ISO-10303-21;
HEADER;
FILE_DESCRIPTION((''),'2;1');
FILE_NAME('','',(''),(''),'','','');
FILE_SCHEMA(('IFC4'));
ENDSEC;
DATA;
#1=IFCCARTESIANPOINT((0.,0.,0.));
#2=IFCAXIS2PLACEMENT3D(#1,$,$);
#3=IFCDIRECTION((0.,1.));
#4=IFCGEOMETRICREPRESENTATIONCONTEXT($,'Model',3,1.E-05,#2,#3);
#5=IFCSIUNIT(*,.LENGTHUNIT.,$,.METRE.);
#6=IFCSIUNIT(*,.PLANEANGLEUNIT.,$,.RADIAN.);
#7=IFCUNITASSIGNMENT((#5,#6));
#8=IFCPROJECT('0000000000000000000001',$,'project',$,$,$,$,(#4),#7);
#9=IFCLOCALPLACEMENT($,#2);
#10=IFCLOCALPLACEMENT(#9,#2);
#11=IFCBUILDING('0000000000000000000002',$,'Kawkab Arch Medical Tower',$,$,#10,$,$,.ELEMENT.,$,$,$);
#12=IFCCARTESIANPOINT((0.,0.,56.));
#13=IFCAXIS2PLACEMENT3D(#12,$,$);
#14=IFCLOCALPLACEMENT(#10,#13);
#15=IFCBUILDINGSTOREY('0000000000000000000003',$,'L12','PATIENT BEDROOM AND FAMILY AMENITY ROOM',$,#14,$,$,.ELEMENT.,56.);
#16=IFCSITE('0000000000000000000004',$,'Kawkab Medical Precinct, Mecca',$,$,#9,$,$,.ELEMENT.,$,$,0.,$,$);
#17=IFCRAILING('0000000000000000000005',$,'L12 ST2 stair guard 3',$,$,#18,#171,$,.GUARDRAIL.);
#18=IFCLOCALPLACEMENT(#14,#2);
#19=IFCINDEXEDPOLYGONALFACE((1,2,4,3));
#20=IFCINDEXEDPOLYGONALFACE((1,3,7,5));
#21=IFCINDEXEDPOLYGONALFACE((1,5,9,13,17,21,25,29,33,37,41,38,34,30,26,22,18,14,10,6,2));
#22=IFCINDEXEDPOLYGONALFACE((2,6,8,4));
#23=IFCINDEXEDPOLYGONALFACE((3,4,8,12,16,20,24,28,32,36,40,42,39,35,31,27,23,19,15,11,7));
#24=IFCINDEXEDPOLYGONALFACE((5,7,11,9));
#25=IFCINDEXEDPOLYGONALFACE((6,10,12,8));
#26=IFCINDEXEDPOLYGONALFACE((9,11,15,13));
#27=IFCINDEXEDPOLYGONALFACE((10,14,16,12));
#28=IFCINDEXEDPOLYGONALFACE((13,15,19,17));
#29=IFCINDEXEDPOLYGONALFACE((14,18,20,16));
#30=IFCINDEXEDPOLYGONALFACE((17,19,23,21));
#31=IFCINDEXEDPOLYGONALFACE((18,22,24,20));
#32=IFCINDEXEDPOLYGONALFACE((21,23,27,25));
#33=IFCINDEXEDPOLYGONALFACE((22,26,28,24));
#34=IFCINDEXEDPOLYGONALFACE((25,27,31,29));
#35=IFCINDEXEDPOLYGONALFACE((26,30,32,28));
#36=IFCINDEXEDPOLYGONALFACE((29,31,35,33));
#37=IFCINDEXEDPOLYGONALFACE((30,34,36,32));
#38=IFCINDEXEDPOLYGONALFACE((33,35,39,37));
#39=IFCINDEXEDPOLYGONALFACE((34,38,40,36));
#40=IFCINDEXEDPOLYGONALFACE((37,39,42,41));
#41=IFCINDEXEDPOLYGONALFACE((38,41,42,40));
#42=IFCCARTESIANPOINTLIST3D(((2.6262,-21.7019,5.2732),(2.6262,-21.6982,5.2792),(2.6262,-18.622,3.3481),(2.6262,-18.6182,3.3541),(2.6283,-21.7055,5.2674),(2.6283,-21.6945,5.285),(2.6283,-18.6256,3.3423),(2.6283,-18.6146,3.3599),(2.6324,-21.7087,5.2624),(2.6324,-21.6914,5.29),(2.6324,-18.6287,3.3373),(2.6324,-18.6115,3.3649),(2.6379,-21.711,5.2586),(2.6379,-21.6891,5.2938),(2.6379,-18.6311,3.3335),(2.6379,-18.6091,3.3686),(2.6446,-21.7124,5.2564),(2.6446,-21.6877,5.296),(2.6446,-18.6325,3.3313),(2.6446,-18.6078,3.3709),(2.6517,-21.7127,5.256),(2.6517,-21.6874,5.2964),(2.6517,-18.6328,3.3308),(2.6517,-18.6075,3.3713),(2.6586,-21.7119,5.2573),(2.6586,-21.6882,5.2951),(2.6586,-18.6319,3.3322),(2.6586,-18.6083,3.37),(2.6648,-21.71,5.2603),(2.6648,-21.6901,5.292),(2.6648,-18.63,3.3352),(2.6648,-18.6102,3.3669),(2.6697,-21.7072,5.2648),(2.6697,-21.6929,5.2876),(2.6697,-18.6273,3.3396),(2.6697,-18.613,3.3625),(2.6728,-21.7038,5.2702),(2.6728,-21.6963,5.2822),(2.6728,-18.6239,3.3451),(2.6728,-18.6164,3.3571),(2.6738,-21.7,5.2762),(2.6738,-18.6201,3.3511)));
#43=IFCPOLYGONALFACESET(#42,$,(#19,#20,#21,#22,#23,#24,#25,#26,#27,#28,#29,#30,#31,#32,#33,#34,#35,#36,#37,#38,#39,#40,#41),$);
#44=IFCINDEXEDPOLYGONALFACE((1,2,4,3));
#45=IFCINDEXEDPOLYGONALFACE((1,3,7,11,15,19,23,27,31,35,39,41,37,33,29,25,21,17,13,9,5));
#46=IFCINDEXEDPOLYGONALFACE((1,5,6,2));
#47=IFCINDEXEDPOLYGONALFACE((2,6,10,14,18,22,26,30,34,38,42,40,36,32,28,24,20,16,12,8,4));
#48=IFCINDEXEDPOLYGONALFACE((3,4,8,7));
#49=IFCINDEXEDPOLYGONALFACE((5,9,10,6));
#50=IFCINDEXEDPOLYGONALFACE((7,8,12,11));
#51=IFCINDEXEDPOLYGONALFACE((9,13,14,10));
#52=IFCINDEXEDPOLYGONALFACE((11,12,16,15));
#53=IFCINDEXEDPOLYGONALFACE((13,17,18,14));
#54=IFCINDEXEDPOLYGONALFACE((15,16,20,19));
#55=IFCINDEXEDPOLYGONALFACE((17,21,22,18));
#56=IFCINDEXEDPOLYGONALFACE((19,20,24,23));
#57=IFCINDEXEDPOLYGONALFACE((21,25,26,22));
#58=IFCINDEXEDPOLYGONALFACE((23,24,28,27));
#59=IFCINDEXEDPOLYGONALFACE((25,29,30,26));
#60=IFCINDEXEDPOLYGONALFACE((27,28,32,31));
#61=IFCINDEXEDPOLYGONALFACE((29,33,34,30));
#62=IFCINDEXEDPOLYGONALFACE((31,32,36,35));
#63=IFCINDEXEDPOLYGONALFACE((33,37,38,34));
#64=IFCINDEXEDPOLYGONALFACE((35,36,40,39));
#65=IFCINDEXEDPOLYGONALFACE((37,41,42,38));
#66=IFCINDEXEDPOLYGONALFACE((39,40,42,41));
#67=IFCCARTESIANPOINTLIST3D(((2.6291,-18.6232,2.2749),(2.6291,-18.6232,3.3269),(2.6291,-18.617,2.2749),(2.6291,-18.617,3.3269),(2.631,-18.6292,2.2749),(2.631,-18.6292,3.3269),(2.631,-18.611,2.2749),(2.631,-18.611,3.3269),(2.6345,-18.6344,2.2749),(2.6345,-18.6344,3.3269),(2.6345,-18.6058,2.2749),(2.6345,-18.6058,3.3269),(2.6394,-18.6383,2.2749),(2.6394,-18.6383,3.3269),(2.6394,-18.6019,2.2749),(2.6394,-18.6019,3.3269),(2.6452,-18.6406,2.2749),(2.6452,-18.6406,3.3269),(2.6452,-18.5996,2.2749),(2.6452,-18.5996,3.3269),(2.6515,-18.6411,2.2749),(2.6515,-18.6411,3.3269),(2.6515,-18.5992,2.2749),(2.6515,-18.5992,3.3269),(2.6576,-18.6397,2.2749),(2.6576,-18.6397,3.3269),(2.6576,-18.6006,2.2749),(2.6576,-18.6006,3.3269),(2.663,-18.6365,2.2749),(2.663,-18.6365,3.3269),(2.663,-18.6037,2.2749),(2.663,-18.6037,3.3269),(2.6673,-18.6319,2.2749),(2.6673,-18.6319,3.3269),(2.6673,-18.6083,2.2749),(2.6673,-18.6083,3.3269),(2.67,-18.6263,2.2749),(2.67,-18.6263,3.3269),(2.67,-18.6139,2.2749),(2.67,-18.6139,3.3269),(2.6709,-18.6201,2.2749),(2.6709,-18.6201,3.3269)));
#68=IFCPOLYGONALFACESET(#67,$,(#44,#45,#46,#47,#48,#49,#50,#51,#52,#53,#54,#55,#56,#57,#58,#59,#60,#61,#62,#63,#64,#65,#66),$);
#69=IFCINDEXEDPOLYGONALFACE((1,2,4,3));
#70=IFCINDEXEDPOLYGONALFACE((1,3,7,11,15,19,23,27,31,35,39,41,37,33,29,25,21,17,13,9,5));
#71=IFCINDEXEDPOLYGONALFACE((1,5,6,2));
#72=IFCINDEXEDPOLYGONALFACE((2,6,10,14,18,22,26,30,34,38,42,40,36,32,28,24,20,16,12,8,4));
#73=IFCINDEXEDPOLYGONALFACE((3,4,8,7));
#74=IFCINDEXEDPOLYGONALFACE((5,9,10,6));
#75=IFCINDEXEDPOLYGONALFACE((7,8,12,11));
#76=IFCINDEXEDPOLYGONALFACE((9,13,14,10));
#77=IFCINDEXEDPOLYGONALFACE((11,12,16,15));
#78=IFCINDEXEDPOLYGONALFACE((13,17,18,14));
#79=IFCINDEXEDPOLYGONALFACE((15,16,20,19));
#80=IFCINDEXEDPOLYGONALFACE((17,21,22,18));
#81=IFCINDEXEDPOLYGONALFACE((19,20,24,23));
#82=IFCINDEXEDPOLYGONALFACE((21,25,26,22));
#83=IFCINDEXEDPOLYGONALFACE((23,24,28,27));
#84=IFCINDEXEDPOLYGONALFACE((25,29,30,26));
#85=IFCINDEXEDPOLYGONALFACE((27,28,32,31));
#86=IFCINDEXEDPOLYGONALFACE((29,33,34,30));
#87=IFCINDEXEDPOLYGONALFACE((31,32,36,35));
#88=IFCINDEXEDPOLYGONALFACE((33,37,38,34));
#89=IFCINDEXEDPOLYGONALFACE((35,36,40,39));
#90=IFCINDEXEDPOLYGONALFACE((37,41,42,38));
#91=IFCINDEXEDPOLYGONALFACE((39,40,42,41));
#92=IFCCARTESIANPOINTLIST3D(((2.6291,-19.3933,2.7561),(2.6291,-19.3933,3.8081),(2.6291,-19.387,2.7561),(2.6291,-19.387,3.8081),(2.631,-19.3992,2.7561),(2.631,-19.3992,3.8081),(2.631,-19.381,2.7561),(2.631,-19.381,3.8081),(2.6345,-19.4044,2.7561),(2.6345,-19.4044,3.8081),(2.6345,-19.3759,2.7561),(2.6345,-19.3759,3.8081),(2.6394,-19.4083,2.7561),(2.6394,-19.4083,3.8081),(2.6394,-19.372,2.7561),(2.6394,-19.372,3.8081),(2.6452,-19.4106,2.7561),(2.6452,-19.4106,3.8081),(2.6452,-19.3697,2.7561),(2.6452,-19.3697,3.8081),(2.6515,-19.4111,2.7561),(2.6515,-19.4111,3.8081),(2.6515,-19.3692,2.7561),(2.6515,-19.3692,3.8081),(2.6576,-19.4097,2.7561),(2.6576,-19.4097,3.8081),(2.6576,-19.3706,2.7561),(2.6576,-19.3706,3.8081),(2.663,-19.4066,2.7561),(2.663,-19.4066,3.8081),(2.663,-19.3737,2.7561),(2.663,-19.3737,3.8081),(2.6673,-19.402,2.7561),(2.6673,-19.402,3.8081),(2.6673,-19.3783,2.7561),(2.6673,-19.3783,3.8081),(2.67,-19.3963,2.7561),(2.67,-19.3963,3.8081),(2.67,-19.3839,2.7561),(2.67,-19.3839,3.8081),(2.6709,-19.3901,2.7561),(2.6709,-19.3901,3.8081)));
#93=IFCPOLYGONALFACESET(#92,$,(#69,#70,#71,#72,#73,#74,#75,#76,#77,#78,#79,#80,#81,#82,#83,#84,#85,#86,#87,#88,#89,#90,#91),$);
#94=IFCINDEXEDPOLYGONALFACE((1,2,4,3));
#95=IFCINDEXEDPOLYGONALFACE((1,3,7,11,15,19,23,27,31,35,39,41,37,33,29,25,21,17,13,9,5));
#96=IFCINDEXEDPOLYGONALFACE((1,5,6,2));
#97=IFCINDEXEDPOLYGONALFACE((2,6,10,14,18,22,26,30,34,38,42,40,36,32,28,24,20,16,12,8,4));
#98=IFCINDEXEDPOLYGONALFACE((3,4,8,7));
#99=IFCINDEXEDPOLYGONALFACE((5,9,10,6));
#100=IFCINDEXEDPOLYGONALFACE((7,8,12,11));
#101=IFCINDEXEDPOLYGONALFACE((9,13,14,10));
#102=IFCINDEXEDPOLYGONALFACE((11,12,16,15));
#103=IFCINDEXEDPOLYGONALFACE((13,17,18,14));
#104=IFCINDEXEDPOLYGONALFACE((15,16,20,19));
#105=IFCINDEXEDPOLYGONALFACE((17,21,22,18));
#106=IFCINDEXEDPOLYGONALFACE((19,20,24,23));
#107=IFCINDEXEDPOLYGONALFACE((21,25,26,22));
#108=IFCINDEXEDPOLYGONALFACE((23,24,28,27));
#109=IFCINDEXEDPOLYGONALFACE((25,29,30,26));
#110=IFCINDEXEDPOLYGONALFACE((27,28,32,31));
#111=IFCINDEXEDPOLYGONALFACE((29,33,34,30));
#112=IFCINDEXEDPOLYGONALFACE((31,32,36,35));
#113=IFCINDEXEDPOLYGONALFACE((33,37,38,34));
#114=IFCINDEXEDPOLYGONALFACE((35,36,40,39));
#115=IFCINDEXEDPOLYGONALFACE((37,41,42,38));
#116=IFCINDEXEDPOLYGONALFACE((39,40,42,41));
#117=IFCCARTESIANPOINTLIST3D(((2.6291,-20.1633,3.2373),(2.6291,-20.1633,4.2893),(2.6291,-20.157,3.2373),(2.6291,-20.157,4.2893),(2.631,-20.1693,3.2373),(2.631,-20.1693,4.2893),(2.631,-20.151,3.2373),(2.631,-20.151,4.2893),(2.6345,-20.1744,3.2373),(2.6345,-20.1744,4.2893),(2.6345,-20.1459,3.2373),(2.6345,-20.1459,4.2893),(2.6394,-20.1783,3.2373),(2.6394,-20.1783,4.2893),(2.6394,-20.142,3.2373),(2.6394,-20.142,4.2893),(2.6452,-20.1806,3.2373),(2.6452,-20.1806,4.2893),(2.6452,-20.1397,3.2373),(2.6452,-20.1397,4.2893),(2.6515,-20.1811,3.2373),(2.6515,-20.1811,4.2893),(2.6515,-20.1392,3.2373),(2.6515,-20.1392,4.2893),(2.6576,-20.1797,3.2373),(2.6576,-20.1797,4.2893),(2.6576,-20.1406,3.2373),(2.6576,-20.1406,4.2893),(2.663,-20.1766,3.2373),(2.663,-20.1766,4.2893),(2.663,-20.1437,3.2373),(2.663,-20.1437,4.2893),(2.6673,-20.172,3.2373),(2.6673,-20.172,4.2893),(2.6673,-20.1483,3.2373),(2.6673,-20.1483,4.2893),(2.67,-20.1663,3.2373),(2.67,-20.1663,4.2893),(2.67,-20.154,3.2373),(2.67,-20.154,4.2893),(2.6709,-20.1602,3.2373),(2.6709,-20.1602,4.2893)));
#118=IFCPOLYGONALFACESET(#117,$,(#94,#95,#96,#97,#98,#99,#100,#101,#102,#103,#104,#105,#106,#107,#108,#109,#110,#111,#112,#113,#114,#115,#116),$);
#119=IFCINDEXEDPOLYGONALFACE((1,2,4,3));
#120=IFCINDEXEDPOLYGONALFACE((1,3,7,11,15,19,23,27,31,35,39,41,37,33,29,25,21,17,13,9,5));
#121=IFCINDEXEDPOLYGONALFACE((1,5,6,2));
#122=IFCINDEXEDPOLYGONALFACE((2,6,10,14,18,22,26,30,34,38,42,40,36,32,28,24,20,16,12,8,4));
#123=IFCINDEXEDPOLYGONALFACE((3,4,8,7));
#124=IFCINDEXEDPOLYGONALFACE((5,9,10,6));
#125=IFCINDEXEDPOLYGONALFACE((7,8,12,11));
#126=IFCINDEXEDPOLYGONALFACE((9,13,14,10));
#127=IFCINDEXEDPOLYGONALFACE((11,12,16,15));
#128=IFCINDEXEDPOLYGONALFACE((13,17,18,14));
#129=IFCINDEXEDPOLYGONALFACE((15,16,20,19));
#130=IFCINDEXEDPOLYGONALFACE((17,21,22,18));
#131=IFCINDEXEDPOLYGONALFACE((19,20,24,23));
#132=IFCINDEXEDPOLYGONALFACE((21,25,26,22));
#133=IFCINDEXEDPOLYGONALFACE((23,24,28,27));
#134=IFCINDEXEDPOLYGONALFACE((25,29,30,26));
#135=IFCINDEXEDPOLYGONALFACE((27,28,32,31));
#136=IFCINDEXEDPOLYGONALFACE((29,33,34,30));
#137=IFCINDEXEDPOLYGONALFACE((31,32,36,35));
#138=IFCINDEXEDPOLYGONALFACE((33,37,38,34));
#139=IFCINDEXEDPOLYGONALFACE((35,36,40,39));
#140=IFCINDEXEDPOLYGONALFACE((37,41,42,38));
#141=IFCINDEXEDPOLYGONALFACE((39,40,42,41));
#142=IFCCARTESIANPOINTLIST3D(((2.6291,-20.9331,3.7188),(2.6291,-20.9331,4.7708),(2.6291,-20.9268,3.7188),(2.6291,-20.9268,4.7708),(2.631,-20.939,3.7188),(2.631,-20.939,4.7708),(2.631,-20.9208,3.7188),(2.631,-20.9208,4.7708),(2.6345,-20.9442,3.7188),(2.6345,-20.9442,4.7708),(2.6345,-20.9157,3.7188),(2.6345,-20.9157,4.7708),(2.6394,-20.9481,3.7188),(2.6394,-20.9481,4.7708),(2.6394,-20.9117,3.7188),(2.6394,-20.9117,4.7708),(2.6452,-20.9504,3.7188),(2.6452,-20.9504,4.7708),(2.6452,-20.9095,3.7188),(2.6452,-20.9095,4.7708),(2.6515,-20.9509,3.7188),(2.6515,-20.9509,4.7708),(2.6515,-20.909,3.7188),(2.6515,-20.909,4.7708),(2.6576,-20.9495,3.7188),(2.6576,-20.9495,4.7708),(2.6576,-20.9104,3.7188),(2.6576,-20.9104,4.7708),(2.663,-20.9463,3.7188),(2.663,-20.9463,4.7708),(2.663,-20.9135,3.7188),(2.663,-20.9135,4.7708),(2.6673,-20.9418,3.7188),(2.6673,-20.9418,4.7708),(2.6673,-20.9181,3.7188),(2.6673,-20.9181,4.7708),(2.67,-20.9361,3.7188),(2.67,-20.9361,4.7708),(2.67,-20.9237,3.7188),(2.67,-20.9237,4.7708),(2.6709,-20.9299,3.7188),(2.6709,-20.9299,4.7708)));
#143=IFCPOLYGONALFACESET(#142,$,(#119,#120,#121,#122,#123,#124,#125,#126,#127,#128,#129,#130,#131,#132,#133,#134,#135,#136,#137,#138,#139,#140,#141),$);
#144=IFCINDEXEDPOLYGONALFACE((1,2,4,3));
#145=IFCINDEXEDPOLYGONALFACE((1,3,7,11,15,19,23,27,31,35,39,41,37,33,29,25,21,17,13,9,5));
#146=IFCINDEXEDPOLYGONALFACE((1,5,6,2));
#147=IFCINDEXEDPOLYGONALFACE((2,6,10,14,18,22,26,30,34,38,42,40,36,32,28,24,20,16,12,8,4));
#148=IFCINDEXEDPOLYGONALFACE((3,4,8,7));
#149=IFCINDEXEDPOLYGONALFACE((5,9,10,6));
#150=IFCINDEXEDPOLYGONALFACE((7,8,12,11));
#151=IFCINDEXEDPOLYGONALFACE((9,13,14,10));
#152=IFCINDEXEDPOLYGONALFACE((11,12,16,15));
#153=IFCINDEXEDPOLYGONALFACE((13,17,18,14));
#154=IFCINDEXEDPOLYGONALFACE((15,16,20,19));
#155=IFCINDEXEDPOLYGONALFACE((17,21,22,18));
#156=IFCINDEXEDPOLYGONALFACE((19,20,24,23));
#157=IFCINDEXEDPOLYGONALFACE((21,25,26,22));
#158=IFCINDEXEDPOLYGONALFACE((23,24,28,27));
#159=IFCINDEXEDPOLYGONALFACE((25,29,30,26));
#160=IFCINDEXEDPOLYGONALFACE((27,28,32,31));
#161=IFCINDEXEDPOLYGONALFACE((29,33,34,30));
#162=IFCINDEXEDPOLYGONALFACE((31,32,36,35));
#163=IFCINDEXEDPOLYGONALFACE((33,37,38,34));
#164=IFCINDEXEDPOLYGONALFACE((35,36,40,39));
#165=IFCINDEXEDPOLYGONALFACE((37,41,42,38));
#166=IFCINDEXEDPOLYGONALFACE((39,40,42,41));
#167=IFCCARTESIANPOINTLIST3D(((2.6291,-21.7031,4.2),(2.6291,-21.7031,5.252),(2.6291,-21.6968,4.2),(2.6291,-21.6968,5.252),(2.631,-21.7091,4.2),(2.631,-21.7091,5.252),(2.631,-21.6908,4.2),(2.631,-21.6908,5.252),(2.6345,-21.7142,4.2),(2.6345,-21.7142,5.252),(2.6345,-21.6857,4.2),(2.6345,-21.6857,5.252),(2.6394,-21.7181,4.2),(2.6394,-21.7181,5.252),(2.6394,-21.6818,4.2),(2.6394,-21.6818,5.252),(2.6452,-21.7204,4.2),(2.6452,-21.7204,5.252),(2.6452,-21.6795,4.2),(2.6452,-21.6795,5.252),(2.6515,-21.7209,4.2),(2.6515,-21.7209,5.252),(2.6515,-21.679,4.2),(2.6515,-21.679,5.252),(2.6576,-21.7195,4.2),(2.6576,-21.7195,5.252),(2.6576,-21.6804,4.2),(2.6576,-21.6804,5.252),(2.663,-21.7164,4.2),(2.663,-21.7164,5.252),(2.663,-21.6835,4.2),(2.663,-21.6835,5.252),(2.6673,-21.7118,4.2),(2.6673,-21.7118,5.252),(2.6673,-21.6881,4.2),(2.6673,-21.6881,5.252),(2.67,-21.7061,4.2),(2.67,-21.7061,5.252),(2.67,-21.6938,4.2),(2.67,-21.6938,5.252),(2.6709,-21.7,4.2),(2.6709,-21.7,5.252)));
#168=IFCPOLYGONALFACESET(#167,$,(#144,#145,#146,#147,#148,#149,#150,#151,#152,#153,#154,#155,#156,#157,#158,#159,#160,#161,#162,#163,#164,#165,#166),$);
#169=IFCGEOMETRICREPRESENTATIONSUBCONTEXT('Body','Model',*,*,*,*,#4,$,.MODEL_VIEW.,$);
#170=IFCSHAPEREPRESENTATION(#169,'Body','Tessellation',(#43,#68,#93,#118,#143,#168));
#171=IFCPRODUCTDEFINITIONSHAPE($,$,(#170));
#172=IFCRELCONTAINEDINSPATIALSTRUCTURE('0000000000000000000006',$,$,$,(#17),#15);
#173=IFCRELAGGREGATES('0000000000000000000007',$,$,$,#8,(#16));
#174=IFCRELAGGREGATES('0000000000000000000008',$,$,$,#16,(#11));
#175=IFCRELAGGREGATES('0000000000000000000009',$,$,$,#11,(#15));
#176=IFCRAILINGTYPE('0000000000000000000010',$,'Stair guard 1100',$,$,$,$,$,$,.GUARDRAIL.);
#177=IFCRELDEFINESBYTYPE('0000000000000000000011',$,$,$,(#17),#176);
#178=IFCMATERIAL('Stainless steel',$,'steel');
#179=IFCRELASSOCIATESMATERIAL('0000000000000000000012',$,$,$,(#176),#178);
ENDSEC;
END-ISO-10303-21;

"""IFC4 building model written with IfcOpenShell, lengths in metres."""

from ifc_helpers import new_model, si_unit, direction, frame, origin, origin_2d, place, context, subcontext, project, spatial, circle, extrude, material, type_object, element, save


model = new_model("IFC4")

# Units and contexts
model_context = context("Model", 3, precision=1e-05, world=origin(), true_north=direction((0.0, 1.0)))
body_context = subcontext(model_context, "Body", "Model", "MODEL_VIEW")
ifc_project = project(units=[si_unit("LENGTHUNIT", "METRE"), si_unit("PLANEANGLEUNIT", "RADIAN")], contexts=[model_context])

# Site, building, storey
site_placement = place(None, origin())
site = spatial("IfcSite", under=ifc_project, at=site_placement, Name="Kawkab Medical Precinct, Mecca", CompositionType="ELEMENT", RefElevation=0.0)
building_placement = place(site_placement, origin())
building = spatial("IfcBuilding", under=site, at=building_placement, Name="Kawkab Arch Medical Tower", CompositionType="ELEMENT")
storey_placement = place(building_placement, frame((0.0, 0.0, 56.0)))
storey = spatial("IfcBuildingStorey", under=building, at=storey_placement, Name="L12", Description="PATIENT BEDROOM AND FAMILY AMENITY ROOM", CompositionType="ELEMENT", Elevation=56.0)

# Railing
ifc_material_1 = material(Name="Stainless steel", Category="steel")
railing_type_1 = type_object("IfcRailingType", Name="Stair guard 1100", PredefinedType="GUARDRAIL", material=ifc_material_1)
railing_1_placement = place(storey_placement, frame((2.6499, -18.6201, 2.2749)))
element("IfcRailing", 1, at=railing_1_placement, inside=storey, type_object=railing_type_1, Name="L12 ST2 stair guard 3", PredefinedType="GUARDRAIL", context=body_context, shape_type="SweptSolid", body=[
    extrude(circle(Radius=0.0239, at=origin_2d()), frame((0.0, 0.0, 1.0762), z_axis=(0.0, -0.847979, 0.530029), x_axis=(1.0, 0.0, 0.0)), (0.0, 0.0, 1.0), 3.6321),
    extrude(circle(Radius=0.021, at=origin_2d()), origin(), (0.0, 0.0, 1.0), 1.052),
    extrude(circle(Radius=0.021, at=origin_2d()), frame((0.0, -0.77, 0.4812)), (0.0, 0.0, 1.0), 1.052),
    extrude(circle(Radius=0.021, at=origin_2d()), frame((0.0, -1.54, 0.9624)), (0.0, 0.0, 1.0), 1.052),
    extrude(circle(Radius=0.021, at=origin_2d()), frame((0.0, -2.3098, 1.4438)), (0.0, 0.0, 1.0), 1.052),
    extrude(circle(Radius=0.021, at=origin_2d()), frame((0.0, -3.0798, 1.925)), (0.0, 0.0, 1.0), 1.052),
])

save(model, "model.ifc")
